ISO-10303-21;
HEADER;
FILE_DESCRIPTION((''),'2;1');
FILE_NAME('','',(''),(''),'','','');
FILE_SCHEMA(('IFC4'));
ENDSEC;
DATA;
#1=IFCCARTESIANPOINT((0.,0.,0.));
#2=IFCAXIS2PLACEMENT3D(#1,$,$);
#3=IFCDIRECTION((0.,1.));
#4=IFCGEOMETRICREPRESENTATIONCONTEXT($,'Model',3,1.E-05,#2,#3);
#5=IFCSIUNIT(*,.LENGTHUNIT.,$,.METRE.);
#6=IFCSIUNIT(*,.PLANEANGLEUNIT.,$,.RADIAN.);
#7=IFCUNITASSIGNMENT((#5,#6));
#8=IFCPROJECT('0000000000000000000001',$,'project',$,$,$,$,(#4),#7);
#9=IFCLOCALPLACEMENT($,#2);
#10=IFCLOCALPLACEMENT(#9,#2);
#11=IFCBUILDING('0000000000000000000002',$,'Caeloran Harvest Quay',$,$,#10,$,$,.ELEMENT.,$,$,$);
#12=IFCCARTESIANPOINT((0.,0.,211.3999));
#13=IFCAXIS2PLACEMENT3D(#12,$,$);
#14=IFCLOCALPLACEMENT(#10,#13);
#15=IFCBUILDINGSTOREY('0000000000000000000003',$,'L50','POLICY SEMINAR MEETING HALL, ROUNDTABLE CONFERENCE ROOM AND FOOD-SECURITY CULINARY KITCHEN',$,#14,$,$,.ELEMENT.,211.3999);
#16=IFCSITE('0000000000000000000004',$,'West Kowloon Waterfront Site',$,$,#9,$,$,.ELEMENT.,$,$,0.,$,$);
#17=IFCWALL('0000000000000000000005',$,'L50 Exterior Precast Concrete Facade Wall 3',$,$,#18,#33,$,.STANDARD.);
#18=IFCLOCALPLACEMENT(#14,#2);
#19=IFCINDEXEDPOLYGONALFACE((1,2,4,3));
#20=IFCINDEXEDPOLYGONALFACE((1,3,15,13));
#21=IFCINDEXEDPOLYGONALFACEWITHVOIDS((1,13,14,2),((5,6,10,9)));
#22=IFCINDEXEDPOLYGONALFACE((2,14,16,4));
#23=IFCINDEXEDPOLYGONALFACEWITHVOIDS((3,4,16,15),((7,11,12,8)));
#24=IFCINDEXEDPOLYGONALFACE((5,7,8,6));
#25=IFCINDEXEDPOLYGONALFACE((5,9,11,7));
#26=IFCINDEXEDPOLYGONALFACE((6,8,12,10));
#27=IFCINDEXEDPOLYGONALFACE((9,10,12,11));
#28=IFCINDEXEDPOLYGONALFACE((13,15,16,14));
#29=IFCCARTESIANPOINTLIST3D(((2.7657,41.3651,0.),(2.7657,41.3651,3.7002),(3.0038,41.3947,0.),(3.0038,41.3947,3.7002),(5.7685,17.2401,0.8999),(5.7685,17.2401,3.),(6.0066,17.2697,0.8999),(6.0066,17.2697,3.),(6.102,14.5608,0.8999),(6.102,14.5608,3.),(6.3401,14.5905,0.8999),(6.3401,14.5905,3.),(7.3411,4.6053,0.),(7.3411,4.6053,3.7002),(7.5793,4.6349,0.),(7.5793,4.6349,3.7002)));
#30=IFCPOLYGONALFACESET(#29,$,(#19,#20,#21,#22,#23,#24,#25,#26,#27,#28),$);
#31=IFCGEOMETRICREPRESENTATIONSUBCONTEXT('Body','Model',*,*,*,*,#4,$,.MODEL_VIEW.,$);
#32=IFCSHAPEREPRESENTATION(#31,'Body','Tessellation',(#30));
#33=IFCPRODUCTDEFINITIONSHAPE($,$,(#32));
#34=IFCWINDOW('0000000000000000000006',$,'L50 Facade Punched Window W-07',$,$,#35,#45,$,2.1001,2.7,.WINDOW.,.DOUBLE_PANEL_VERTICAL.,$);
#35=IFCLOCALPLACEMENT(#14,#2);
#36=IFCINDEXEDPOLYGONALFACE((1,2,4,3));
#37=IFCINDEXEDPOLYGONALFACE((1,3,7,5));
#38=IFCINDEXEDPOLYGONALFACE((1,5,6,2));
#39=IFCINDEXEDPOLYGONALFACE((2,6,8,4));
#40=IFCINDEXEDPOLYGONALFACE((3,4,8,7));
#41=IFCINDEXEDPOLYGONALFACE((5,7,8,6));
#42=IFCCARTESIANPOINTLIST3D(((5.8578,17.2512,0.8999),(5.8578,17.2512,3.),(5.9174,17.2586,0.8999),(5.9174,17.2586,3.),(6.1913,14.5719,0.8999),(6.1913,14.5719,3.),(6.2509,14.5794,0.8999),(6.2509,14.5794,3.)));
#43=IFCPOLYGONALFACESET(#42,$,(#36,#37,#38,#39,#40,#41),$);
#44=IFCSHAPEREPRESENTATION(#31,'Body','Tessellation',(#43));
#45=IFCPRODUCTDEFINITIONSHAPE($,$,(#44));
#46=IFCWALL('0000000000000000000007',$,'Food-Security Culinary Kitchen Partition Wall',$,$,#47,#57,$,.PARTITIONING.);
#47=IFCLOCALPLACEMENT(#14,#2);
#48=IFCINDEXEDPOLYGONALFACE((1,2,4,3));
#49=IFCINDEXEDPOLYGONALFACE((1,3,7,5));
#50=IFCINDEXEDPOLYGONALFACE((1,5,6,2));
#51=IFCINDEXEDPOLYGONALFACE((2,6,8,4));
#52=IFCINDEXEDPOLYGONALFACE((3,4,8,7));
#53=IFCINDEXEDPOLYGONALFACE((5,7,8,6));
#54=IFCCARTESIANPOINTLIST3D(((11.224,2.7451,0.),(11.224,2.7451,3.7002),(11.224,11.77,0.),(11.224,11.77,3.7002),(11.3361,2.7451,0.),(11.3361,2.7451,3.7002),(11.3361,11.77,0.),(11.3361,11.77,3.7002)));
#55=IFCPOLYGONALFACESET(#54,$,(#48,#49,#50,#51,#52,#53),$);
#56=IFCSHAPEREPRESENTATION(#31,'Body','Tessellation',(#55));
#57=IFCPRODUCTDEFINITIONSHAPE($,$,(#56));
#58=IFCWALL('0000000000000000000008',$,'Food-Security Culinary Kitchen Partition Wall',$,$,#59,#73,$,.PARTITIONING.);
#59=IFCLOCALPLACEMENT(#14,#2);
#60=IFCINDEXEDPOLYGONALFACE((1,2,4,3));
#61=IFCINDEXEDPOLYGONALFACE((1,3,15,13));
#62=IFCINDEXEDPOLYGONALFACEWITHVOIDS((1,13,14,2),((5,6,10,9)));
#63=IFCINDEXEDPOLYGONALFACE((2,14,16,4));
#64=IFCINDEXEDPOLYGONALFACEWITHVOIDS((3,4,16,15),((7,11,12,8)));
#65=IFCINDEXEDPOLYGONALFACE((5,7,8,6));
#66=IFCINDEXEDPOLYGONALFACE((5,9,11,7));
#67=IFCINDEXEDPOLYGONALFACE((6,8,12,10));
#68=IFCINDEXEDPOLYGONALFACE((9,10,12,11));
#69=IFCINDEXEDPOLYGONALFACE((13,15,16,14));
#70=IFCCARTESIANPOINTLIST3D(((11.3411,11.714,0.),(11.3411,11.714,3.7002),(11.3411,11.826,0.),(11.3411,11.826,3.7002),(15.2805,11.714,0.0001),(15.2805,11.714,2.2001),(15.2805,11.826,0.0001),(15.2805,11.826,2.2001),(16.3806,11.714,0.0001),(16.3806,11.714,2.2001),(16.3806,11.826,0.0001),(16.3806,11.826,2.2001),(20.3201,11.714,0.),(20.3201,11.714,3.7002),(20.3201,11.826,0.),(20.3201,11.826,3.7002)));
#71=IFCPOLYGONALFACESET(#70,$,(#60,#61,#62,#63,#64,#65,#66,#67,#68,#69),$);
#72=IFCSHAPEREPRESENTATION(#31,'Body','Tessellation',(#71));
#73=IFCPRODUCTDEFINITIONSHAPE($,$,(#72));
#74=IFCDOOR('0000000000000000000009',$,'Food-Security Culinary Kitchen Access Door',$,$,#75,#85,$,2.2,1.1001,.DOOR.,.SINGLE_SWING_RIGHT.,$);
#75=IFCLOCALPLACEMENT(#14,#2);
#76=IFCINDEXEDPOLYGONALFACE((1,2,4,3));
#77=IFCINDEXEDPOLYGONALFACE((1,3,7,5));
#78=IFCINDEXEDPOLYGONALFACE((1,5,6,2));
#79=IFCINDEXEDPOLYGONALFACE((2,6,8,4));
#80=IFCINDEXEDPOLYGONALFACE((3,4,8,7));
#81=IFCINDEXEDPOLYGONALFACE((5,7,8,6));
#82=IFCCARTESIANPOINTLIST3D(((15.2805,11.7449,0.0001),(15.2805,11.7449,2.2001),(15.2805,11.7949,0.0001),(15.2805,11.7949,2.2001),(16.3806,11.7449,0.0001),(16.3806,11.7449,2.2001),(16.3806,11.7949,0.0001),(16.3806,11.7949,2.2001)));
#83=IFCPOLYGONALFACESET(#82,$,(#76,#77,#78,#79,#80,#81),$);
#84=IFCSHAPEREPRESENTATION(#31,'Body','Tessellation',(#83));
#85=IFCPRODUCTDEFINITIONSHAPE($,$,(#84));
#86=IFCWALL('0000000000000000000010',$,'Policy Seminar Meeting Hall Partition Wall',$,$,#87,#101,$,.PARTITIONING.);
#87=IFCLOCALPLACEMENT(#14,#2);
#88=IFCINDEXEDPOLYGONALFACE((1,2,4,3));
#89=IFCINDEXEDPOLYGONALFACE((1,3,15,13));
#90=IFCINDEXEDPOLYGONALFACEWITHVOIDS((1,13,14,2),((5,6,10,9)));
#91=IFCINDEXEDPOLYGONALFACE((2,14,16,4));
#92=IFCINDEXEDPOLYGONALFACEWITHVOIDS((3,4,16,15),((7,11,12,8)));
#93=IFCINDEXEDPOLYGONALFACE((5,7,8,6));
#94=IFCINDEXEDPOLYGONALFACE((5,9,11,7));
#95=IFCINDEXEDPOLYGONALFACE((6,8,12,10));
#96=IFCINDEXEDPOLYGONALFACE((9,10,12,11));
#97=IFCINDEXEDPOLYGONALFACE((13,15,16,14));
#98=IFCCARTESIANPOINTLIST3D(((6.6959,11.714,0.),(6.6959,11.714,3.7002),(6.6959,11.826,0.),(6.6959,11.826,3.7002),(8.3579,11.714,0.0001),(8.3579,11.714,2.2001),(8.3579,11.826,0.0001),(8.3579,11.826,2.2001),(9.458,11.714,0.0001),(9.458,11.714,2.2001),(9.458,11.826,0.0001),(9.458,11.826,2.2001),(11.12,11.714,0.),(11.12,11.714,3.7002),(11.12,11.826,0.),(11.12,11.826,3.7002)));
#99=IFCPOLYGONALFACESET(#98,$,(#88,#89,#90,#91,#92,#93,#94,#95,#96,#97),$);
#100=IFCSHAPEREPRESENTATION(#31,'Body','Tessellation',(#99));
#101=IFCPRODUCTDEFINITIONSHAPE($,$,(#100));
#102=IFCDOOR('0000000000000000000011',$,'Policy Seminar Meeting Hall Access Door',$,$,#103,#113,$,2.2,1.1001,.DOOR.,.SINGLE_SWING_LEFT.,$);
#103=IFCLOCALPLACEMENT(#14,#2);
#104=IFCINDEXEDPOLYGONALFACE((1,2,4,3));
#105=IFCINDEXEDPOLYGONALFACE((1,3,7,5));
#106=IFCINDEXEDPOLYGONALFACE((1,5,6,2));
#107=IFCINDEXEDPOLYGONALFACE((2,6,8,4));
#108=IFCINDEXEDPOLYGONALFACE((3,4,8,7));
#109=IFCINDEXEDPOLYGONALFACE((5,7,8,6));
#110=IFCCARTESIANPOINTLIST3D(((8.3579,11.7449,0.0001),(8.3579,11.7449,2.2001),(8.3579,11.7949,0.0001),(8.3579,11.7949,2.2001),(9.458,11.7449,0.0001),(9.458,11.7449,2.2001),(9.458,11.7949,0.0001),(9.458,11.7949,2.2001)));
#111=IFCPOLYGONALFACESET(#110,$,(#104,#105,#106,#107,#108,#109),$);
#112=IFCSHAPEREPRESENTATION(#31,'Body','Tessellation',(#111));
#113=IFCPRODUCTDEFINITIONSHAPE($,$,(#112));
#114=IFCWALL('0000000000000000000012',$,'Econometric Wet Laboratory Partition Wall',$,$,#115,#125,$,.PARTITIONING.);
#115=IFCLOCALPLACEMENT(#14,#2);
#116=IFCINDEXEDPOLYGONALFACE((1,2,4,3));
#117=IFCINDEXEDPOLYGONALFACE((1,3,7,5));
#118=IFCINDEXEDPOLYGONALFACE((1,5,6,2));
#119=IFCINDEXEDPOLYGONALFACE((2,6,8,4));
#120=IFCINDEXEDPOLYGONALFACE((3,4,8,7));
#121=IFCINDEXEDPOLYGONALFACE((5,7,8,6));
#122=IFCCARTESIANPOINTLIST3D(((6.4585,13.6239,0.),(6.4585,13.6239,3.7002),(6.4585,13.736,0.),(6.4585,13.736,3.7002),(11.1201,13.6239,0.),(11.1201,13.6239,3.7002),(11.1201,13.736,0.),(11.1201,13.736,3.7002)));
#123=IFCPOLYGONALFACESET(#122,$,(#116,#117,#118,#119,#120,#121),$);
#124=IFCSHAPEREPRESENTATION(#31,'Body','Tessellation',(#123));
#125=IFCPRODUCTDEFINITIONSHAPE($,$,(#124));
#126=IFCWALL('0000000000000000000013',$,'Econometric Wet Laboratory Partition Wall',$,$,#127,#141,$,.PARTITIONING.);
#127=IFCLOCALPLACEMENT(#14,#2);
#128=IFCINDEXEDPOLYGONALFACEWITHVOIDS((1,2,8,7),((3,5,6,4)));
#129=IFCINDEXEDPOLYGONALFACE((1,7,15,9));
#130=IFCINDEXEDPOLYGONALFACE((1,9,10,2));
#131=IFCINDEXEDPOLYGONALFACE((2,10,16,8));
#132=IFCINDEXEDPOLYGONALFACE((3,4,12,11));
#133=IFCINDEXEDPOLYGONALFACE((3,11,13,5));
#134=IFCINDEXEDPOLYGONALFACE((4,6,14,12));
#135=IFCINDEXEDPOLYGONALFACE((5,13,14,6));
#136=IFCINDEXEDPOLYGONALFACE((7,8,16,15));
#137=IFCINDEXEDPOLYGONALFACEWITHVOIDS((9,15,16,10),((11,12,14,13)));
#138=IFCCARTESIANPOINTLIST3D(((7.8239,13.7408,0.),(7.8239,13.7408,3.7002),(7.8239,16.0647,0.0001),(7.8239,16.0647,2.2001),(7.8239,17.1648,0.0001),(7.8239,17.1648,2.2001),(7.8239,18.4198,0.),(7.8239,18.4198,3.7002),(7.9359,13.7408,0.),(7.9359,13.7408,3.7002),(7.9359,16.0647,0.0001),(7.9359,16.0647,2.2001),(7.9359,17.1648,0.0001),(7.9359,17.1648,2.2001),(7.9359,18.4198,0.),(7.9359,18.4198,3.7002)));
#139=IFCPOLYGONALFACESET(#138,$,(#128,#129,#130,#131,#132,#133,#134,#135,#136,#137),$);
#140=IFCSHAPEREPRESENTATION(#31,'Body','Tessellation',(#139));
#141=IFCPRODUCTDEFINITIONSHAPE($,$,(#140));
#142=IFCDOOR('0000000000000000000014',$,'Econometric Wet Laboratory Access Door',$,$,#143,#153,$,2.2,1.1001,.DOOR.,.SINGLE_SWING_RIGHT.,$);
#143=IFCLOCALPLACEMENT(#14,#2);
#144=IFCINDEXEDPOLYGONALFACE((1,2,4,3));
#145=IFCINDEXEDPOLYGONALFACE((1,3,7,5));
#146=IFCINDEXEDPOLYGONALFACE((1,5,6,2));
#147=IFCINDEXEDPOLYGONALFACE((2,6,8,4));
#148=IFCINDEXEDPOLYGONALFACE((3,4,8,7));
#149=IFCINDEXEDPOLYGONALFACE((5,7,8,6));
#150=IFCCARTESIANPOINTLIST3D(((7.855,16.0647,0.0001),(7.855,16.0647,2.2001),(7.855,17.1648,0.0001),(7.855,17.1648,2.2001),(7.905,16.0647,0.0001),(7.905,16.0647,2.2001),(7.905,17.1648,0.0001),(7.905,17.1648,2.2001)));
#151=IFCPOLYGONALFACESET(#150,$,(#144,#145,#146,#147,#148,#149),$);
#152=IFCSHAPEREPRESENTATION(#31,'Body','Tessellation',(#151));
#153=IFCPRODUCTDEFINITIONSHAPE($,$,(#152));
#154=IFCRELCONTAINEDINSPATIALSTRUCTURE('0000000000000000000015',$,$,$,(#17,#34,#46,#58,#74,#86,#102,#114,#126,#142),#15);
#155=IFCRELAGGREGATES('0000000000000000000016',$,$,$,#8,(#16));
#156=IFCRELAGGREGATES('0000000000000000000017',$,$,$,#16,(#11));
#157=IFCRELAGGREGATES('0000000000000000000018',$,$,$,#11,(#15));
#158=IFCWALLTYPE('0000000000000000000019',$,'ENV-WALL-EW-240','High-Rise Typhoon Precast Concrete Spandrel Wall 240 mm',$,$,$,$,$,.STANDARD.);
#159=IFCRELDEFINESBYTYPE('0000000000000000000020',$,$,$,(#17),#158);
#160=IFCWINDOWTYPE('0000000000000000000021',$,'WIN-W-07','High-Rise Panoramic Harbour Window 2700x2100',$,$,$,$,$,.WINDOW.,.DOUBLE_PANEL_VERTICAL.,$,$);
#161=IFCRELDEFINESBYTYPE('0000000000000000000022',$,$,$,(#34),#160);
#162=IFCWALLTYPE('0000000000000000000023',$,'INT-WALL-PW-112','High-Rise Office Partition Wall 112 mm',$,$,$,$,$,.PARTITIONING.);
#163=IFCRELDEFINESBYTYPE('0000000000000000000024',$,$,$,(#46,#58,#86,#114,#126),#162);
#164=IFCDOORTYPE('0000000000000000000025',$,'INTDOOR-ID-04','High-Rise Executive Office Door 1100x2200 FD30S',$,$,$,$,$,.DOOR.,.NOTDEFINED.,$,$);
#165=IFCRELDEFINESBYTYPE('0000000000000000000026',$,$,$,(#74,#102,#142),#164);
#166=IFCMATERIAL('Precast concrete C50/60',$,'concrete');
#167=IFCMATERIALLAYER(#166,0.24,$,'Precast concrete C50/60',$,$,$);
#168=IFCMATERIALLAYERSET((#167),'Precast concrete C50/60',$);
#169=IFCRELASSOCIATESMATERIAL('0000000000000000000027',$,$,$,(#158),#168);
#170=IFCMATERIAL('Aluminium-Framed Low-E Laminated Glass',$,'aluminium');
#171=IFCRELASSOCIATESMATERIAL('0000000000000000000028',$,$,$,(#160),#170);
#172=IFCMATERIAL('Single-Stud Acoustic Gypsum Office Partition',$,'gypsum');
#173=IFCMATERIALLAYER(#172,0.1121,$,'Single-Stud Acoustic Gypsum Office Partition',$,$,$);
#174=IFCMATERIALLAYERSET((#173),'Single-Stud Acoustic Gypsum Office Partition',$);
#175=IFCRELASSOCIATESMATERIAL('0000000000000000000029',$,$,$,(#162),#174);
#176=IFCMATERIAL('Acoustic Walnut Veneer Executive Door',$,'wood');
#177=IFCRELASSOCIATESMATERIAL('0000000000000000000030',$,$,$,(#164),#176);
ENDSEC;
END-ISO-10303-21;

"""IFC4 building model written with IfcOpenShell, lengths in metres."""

from ifc_helpers import new_model, si_unit, direction, frame, frame_2d, origin, place, context, subcontext, project, spatial, rectangle, extrude, material, layer, layer_set, type_object, element, fill, save


model = new_model("IFC4")

# Units and contexts
model_context = context("Model", 3, precision=1e-05, world=origin(), true_north=direction((0.0, 1.0)))
body_context = subcontext(model_context, "Body", "Model", "MODEL_VIEW")
ifc_project = project(units=[si_unit("LENGTHUNIT", "METRE"), si_unit("PLANEANGLEUNIT", "RADIAN")], contexts=[model_context])

# Site, building, storey
site_placement = place(None, origin())
site = spatial("IfcSite", under=ifc_project, at=site_placement, Name="West Kowloon Waterfront Site", CompositionType="ELEMENT", RefElevation=0.0)
building_placement = place(site_placement, origin())
building = spatial("IfcBuilding", under=site, at=building_placement, Name="Caeloran Harvest Quay", CompositionType="ELEMENT")
storey_placement = place(building_placement, frame((0.0, 0.0, 211.3999)))
storey = spatial("IfcBuildingStorey", under=building, at=storey_placement, Name="L50", Description="POLICY SEMINAR MEETING HALL, ROUNDTABLE CONFERENCE ROOM AND FOOD-SECURITY CULINARY KITCHEN", CompositionType="ELEMENT", Elevation=211.3999)

# Shared definitions
ifc_material_1 = material(Name="Precast concrete C50/60", Category="concrete")

# Shared definitions
ifc_layer_1 = layer(ifc_material_1, 0.24, Name="Precast concrete C50/60")
ifc_layer_set_1 = layer_set([ifc_layer_1], Name="Precast concrete C50/60")
wall_type_1 = type_object("IfcWallType", Name="ENV-WALL-EW-240", Description="High-Rise Typhoon Precast Concrete Spandrel Wall 240 mm", PredefinedType="STANDARD", material=ifc_layer_set_1)

# Wall, opening, window
wall_1_placement = place(storey_placement, frame((7.4602, 4.6201, 0.0), z_axis=(0.0, 0.0, 1.0), x_axis=(-0.123516, 0.992343, 0.0)))
wall_1 = element("IfcWall", 1, at=wall_1_placement, inside=storey, type_object=wall_type_1, Name="L50 Exterior Precast Concrete Facade Wall 3", PredefinedType="STANDARD", context=body_context, shape_type="SweptSolid", body=[
    extrude(rectangle(XDim=37.0435, YDim=0.24, at=frame_2d((18.5217, 0.0))), origin(), (0.0, 0.0, 1.0), 3.7002),
])
opening_1_placement = place(wall_1_placement, frame((10.0322, 0.0, 0.8999)))
opening_1 = element("IfcOpeningElement", 2, at=opening_1_placement, cuts=wall_1, PredefinedType="OPENING", context=body_context, shape_type="SweptSolid", body=[
    extrude(rectangle(XDim=2.7, YDim=2.1001, at=frame_2d((1.3501, 1.05))), frame((0.0, 0.1299, 0.0), z_axis=(0.0, -1.0, 0.0), x_axis=(1.0, 0.0, 0.0)), (0.0, 0.0, 1.0), 0.26),
])
ifc_material_2 = material(Name="Aluminium-Framed Low-E Laminated Glass", Category="aluminium")
window_type = type_object("IfcWindowType", Name="WIN-W-07", Description="High-Rise Panoramic Harbour Window 2700x2100", PartitioningType="DOUBLE_PANEL_VERTICAL", PredefinedType="WINDOW", material=ifc_material_2)
window_placement = place(opening_1_placement, origin())
window = element("IfcWindow", 3, at=window_placement, inside=storey, type_object=window_type, Name="L50 Facade Punched Window W-07", OverallHeight=2.1001, OverallWidth=2.7, PartitioningType="DOUBLE_PANEL_VERTICAL", PredefinedType="WINDOW", context=body_context, shape_type="SweptSolid", body=[
    extrude(rectangle(XDim=2.7, YDim=2.1001, at=frame_2d((1.3501, 1.05))), frame((0.0, 0.03, 0.0), z_axis=(0.0, -1.0, 0.0), x_axis=(1.0, 0.0, 0.0)), (0.0, 0.0, 1.0), 0.0601),
])
fill(opening_1, window)

# Wall
ifc_material_3 = material(Name="Single-Stud Acoustic Gypsum Office Partition", Category="gypsum")
ifc_layer_2 = layer(ifc_material_3, 0.1121, Name="Single-Stud Acoustic Gypsum Office Partition")
ifc_layer_set_2 = layer_set([ifc_layer_2], Name="Single-Stud Acoustic Gypsum Office Partition")
wall_type_2 = type_object("IfcWallType", Name="INT-WALL-PW-112", Description="High-Rise Office Partition Wall 112 mm", PredefinedType="PARTITIONING", material=ifc_layer_set_2)
wall_2_placement = place(storey_placement, frame((11.28, 2.7451, 0.0), z_axis=(0.0, 0.0, 1.0), x_axis=(0.0, 1.0, 0.0)))
element("IfcWall", 4, at=wall_2_placement, inside=storey, type_object=wall_type_2, Name="Food-Security Culinary Kitchen Partition Wall", PredefinedType="PARTITIONING", context=body_context, shape_type="SweptSolid", body=[
    extrude(rectangle(XDim=9.0249, YDim=0.1121, at=frame_2d((4.5125, 0.0))), origin(), (0.0, 0.0, 1.0), 3.7002),
])

# Walls, openings, doors
wall_3_placement = place(storey_placement, frame((11.3411, 11.77, 0.0), z_axis=(0.0, 0.0, 1.0), x_axis=(1.0, 0.0, 0.0)))
wall_3 = element("IfcWall", 5, at=wall_3_placement, inside=storey, type_object=wall_type_2, Name="Food-Security Culinary Kitchen Partition Wall", PredefinedType="PARTITIONING", context=body_context, shape_type="SweptSolid", body=[
    extrude(rectangle(XDim=8.979, YDim=0.1121, at=frame_2d((4.4895, 0.0))), origin(), (0.0, 0.0, 1.0), 3.7002),
])
opening_2_placement = place(wall_3_placement, frame((3.9395, 0.0, 0.0)))
opening_2 = element("IfcOpeningElement", 6, at=opening_2_placement, cuts=wall_3, PredefinedType="OPENING", context=body_context, shape_type="SweptSolid", body=[
    extrude(rectangle(XDim=1.1001, YDim=2.2, at=frame_2d((0.55, 1.1001))), frame((0.0, 0.0659, 0.0), z_axis=(0.0, -1.0, 0.0), x_axis=(1.0, 0.0, 0.0)), (0.0, 0.0, 1.0), 0.1321),
])
ifc_material_4 = material(Name="Acoustic Walnut Veneer Executive Door", Category="wood")
door_type = type_object("IfcDoorType", Name="INTDOOR-ID-04", Description="High-Rise Executive Office Door 1100x2200 FD30S", OperationType="NOTDEFINED", PredefinedType="DOOR", material=ifc_material_4)
door_1_placement = place(opening_2_placement, origin())
door_1 = element("IfcDoor", 7, at=door_1_placement, inside=storey, type_object=door_type, Name="Food-Security Culinary Kitchen Access Door", OperationType="SINGLE_SWING_RIGHT", OverallHeight=2.2, OverallWidth=1.1001, PredefinedType="DOOR", context=body_context, shape_type="SweptSolid", body=[
    extrude(rectangle(XDim=1.1001, YDim=2.2, at=frame_2d((0.55, 1.1001))), frame((0.0, 0.0249, 0.0), z_axis=(0.0, -1.0, 0.0), x_axis=(1.0, 0.0, 0.0)), (0.0, 0.0, 1.0), 0.05),
])
fill(opening_2, door_1)
wall_4_placement = place(storey_placement, frame((6.696, 11.77, 0.0), z_axis=(0.0, 0.0, 1.0), x_axis=(1.0, 0.0, 0.0)))
wall_4 = element("IfcWall", 8, at=wall_4_placement, inside=storey, type_object=wall_type_2, Name="Policy Seminar Meeting Hall Partition Wall", PredefinedType="PARTITIONING", context=body_context, shape_type="SweptSolid", body=[
    extrude(rectangle(XDim=4.4241, YDim=0.1121, at=frame_2d((2.2119, 0.0))), origin(), (0.0, 0.0, 1.0), 3.7002),
])
opening_3_placement = place(wall_4_placement, frame((1.6619, 0.0, 0.0)))
opening_3 = element("IfcOpeningElement", 9, at=opening_3_placement, cuts=wall_4, PredefinedType="OPENING", context=body_context, shape_type="SweptSolid", body=[
    extrude(rectangle(XDim=1.1001, YDim=2.2, at=frame_2d((0.55, 1.1001))), frame((0.0, 0.0659, 0.0), z_axis=(0.0, -1.0, 0.0), x_axis=(1.0, 0.0, 0.0)), (0.0, 0.0, 1.0), 0.1321),
])
door_2_placement = place(opening_3_placement, origin())
door_2 = element("IfcDoor", 10, at=door_2_placement, inside=storey, type_object=door_type, Name="Policy Seminar Meeting Hall Access Door", OperationType="SINGLE_SWING_LEFT", OverallHeight=2.2, OverallWidth=1.1001, PredefinedType="DOOR", context=body_context, shape_type="SweptSolid", body=[
    extrude(rectangle(XDim=1.1001, YDim=2.2, at=frame_2d((0.55, 1.1001))), frame((0.0, 0.0249, 0.0), z_axis=(0.0, -1.0, 0.0), x_axis=(1.0, 0.0, 0.0)), (0.0, 0.0, 1.0), 0.05),
])
fill(opening_3, door_2)

# Wall
wall_5_placement = place(storey_placement, frame((11.1201, 13.6799, 0.0), z_axis=(0.0, 0.0, 1.0), x_axis=(-1.0, 0.0, 0.0)))
element("IfcWall", 11, at=wall_5_placement, inside=storey, type_object=wall_type_2, Name="Econometric Wet Laboratory Partition Wall", PredefinedType="PARTITIONING", context=body_context, shape_type="SweptSolid", body=[
    extrude(rectangle(XDim=4.6616, YDim=0.1121, at=frame_2d((2.3308, 0.0))), origin(), (0.0, 0.0, 1.0), 3.7002),
])

# Wall, opening, door
wall_6_placement = place(storey_placement, frame((7.8799, 13.741, 0.0), z_axis=(0.0, 0.0, 1.0), x_axis=(0.0, 1.0, 0.0)))
wall_6 = element("IfcWall", 12, at=wall_6_placement, inside=storey, type_object=wall_type_2, Name="Econometric Wet Laboratory Partition Wall", PredefinedType="PARTITIONING", context=body_context, shape_type="SweptSolid", body=[
    extrude(rectangle(XDim=4.679, YDim=0.1121, at=frame_2d((2.3394, 0.0))), origin(), (0.0, 0.0, 1.0), 3.7002),
])
opening_4_placement = place(wall_6_placement, frame((2.3237, 0.0, 0.0)))
opening_4 = element("IfcOpeningElement", 13, at=opening_4_placement, cuts=wall_6, PredefinedType="OPENING", context=body_context, shape_type="SweptSolid", body=[
    extrude(rectangle(XDim=1.1001, YDim=2.2, at=frame_2d((0.55, 1.1001))), frame((0.0, 0.0659, 0.0), z_axis=(0.0, -1.0, 0.0), x_axis=(1.0, 0.0, 0.0)), (0.0, 0.0, 1.0), 0.1321),
])
door_3_placement = place(opening_4_placement, origin())
door_3 = element("IfcDoor", 14, at=door_3_placement, inside=storey, type_object=door_type, Name="Econometric Wet Laboratory Access Door", OperationType="SINGLE_SWING_RIGHT", OverallHeight=2.2, OverallWidth=1.1001, PredefinedType="DOOR", context=body_context, shape_type="SweptSolid", body=[
    extrude(rectangle(XDim=1.1001, YDim=2.2, at=frame_2d((0.55, 1.1001))), frame((0.0, 0.0249, 0.0), z_axis=(0.0, -1.0, 0.0), x_axis=(1.0, 0.0, 0.0)), (0.0, 0.0, 1.0), 0.05),
])
fill(opening_4, door_3)

save(model, "model.ifc")
